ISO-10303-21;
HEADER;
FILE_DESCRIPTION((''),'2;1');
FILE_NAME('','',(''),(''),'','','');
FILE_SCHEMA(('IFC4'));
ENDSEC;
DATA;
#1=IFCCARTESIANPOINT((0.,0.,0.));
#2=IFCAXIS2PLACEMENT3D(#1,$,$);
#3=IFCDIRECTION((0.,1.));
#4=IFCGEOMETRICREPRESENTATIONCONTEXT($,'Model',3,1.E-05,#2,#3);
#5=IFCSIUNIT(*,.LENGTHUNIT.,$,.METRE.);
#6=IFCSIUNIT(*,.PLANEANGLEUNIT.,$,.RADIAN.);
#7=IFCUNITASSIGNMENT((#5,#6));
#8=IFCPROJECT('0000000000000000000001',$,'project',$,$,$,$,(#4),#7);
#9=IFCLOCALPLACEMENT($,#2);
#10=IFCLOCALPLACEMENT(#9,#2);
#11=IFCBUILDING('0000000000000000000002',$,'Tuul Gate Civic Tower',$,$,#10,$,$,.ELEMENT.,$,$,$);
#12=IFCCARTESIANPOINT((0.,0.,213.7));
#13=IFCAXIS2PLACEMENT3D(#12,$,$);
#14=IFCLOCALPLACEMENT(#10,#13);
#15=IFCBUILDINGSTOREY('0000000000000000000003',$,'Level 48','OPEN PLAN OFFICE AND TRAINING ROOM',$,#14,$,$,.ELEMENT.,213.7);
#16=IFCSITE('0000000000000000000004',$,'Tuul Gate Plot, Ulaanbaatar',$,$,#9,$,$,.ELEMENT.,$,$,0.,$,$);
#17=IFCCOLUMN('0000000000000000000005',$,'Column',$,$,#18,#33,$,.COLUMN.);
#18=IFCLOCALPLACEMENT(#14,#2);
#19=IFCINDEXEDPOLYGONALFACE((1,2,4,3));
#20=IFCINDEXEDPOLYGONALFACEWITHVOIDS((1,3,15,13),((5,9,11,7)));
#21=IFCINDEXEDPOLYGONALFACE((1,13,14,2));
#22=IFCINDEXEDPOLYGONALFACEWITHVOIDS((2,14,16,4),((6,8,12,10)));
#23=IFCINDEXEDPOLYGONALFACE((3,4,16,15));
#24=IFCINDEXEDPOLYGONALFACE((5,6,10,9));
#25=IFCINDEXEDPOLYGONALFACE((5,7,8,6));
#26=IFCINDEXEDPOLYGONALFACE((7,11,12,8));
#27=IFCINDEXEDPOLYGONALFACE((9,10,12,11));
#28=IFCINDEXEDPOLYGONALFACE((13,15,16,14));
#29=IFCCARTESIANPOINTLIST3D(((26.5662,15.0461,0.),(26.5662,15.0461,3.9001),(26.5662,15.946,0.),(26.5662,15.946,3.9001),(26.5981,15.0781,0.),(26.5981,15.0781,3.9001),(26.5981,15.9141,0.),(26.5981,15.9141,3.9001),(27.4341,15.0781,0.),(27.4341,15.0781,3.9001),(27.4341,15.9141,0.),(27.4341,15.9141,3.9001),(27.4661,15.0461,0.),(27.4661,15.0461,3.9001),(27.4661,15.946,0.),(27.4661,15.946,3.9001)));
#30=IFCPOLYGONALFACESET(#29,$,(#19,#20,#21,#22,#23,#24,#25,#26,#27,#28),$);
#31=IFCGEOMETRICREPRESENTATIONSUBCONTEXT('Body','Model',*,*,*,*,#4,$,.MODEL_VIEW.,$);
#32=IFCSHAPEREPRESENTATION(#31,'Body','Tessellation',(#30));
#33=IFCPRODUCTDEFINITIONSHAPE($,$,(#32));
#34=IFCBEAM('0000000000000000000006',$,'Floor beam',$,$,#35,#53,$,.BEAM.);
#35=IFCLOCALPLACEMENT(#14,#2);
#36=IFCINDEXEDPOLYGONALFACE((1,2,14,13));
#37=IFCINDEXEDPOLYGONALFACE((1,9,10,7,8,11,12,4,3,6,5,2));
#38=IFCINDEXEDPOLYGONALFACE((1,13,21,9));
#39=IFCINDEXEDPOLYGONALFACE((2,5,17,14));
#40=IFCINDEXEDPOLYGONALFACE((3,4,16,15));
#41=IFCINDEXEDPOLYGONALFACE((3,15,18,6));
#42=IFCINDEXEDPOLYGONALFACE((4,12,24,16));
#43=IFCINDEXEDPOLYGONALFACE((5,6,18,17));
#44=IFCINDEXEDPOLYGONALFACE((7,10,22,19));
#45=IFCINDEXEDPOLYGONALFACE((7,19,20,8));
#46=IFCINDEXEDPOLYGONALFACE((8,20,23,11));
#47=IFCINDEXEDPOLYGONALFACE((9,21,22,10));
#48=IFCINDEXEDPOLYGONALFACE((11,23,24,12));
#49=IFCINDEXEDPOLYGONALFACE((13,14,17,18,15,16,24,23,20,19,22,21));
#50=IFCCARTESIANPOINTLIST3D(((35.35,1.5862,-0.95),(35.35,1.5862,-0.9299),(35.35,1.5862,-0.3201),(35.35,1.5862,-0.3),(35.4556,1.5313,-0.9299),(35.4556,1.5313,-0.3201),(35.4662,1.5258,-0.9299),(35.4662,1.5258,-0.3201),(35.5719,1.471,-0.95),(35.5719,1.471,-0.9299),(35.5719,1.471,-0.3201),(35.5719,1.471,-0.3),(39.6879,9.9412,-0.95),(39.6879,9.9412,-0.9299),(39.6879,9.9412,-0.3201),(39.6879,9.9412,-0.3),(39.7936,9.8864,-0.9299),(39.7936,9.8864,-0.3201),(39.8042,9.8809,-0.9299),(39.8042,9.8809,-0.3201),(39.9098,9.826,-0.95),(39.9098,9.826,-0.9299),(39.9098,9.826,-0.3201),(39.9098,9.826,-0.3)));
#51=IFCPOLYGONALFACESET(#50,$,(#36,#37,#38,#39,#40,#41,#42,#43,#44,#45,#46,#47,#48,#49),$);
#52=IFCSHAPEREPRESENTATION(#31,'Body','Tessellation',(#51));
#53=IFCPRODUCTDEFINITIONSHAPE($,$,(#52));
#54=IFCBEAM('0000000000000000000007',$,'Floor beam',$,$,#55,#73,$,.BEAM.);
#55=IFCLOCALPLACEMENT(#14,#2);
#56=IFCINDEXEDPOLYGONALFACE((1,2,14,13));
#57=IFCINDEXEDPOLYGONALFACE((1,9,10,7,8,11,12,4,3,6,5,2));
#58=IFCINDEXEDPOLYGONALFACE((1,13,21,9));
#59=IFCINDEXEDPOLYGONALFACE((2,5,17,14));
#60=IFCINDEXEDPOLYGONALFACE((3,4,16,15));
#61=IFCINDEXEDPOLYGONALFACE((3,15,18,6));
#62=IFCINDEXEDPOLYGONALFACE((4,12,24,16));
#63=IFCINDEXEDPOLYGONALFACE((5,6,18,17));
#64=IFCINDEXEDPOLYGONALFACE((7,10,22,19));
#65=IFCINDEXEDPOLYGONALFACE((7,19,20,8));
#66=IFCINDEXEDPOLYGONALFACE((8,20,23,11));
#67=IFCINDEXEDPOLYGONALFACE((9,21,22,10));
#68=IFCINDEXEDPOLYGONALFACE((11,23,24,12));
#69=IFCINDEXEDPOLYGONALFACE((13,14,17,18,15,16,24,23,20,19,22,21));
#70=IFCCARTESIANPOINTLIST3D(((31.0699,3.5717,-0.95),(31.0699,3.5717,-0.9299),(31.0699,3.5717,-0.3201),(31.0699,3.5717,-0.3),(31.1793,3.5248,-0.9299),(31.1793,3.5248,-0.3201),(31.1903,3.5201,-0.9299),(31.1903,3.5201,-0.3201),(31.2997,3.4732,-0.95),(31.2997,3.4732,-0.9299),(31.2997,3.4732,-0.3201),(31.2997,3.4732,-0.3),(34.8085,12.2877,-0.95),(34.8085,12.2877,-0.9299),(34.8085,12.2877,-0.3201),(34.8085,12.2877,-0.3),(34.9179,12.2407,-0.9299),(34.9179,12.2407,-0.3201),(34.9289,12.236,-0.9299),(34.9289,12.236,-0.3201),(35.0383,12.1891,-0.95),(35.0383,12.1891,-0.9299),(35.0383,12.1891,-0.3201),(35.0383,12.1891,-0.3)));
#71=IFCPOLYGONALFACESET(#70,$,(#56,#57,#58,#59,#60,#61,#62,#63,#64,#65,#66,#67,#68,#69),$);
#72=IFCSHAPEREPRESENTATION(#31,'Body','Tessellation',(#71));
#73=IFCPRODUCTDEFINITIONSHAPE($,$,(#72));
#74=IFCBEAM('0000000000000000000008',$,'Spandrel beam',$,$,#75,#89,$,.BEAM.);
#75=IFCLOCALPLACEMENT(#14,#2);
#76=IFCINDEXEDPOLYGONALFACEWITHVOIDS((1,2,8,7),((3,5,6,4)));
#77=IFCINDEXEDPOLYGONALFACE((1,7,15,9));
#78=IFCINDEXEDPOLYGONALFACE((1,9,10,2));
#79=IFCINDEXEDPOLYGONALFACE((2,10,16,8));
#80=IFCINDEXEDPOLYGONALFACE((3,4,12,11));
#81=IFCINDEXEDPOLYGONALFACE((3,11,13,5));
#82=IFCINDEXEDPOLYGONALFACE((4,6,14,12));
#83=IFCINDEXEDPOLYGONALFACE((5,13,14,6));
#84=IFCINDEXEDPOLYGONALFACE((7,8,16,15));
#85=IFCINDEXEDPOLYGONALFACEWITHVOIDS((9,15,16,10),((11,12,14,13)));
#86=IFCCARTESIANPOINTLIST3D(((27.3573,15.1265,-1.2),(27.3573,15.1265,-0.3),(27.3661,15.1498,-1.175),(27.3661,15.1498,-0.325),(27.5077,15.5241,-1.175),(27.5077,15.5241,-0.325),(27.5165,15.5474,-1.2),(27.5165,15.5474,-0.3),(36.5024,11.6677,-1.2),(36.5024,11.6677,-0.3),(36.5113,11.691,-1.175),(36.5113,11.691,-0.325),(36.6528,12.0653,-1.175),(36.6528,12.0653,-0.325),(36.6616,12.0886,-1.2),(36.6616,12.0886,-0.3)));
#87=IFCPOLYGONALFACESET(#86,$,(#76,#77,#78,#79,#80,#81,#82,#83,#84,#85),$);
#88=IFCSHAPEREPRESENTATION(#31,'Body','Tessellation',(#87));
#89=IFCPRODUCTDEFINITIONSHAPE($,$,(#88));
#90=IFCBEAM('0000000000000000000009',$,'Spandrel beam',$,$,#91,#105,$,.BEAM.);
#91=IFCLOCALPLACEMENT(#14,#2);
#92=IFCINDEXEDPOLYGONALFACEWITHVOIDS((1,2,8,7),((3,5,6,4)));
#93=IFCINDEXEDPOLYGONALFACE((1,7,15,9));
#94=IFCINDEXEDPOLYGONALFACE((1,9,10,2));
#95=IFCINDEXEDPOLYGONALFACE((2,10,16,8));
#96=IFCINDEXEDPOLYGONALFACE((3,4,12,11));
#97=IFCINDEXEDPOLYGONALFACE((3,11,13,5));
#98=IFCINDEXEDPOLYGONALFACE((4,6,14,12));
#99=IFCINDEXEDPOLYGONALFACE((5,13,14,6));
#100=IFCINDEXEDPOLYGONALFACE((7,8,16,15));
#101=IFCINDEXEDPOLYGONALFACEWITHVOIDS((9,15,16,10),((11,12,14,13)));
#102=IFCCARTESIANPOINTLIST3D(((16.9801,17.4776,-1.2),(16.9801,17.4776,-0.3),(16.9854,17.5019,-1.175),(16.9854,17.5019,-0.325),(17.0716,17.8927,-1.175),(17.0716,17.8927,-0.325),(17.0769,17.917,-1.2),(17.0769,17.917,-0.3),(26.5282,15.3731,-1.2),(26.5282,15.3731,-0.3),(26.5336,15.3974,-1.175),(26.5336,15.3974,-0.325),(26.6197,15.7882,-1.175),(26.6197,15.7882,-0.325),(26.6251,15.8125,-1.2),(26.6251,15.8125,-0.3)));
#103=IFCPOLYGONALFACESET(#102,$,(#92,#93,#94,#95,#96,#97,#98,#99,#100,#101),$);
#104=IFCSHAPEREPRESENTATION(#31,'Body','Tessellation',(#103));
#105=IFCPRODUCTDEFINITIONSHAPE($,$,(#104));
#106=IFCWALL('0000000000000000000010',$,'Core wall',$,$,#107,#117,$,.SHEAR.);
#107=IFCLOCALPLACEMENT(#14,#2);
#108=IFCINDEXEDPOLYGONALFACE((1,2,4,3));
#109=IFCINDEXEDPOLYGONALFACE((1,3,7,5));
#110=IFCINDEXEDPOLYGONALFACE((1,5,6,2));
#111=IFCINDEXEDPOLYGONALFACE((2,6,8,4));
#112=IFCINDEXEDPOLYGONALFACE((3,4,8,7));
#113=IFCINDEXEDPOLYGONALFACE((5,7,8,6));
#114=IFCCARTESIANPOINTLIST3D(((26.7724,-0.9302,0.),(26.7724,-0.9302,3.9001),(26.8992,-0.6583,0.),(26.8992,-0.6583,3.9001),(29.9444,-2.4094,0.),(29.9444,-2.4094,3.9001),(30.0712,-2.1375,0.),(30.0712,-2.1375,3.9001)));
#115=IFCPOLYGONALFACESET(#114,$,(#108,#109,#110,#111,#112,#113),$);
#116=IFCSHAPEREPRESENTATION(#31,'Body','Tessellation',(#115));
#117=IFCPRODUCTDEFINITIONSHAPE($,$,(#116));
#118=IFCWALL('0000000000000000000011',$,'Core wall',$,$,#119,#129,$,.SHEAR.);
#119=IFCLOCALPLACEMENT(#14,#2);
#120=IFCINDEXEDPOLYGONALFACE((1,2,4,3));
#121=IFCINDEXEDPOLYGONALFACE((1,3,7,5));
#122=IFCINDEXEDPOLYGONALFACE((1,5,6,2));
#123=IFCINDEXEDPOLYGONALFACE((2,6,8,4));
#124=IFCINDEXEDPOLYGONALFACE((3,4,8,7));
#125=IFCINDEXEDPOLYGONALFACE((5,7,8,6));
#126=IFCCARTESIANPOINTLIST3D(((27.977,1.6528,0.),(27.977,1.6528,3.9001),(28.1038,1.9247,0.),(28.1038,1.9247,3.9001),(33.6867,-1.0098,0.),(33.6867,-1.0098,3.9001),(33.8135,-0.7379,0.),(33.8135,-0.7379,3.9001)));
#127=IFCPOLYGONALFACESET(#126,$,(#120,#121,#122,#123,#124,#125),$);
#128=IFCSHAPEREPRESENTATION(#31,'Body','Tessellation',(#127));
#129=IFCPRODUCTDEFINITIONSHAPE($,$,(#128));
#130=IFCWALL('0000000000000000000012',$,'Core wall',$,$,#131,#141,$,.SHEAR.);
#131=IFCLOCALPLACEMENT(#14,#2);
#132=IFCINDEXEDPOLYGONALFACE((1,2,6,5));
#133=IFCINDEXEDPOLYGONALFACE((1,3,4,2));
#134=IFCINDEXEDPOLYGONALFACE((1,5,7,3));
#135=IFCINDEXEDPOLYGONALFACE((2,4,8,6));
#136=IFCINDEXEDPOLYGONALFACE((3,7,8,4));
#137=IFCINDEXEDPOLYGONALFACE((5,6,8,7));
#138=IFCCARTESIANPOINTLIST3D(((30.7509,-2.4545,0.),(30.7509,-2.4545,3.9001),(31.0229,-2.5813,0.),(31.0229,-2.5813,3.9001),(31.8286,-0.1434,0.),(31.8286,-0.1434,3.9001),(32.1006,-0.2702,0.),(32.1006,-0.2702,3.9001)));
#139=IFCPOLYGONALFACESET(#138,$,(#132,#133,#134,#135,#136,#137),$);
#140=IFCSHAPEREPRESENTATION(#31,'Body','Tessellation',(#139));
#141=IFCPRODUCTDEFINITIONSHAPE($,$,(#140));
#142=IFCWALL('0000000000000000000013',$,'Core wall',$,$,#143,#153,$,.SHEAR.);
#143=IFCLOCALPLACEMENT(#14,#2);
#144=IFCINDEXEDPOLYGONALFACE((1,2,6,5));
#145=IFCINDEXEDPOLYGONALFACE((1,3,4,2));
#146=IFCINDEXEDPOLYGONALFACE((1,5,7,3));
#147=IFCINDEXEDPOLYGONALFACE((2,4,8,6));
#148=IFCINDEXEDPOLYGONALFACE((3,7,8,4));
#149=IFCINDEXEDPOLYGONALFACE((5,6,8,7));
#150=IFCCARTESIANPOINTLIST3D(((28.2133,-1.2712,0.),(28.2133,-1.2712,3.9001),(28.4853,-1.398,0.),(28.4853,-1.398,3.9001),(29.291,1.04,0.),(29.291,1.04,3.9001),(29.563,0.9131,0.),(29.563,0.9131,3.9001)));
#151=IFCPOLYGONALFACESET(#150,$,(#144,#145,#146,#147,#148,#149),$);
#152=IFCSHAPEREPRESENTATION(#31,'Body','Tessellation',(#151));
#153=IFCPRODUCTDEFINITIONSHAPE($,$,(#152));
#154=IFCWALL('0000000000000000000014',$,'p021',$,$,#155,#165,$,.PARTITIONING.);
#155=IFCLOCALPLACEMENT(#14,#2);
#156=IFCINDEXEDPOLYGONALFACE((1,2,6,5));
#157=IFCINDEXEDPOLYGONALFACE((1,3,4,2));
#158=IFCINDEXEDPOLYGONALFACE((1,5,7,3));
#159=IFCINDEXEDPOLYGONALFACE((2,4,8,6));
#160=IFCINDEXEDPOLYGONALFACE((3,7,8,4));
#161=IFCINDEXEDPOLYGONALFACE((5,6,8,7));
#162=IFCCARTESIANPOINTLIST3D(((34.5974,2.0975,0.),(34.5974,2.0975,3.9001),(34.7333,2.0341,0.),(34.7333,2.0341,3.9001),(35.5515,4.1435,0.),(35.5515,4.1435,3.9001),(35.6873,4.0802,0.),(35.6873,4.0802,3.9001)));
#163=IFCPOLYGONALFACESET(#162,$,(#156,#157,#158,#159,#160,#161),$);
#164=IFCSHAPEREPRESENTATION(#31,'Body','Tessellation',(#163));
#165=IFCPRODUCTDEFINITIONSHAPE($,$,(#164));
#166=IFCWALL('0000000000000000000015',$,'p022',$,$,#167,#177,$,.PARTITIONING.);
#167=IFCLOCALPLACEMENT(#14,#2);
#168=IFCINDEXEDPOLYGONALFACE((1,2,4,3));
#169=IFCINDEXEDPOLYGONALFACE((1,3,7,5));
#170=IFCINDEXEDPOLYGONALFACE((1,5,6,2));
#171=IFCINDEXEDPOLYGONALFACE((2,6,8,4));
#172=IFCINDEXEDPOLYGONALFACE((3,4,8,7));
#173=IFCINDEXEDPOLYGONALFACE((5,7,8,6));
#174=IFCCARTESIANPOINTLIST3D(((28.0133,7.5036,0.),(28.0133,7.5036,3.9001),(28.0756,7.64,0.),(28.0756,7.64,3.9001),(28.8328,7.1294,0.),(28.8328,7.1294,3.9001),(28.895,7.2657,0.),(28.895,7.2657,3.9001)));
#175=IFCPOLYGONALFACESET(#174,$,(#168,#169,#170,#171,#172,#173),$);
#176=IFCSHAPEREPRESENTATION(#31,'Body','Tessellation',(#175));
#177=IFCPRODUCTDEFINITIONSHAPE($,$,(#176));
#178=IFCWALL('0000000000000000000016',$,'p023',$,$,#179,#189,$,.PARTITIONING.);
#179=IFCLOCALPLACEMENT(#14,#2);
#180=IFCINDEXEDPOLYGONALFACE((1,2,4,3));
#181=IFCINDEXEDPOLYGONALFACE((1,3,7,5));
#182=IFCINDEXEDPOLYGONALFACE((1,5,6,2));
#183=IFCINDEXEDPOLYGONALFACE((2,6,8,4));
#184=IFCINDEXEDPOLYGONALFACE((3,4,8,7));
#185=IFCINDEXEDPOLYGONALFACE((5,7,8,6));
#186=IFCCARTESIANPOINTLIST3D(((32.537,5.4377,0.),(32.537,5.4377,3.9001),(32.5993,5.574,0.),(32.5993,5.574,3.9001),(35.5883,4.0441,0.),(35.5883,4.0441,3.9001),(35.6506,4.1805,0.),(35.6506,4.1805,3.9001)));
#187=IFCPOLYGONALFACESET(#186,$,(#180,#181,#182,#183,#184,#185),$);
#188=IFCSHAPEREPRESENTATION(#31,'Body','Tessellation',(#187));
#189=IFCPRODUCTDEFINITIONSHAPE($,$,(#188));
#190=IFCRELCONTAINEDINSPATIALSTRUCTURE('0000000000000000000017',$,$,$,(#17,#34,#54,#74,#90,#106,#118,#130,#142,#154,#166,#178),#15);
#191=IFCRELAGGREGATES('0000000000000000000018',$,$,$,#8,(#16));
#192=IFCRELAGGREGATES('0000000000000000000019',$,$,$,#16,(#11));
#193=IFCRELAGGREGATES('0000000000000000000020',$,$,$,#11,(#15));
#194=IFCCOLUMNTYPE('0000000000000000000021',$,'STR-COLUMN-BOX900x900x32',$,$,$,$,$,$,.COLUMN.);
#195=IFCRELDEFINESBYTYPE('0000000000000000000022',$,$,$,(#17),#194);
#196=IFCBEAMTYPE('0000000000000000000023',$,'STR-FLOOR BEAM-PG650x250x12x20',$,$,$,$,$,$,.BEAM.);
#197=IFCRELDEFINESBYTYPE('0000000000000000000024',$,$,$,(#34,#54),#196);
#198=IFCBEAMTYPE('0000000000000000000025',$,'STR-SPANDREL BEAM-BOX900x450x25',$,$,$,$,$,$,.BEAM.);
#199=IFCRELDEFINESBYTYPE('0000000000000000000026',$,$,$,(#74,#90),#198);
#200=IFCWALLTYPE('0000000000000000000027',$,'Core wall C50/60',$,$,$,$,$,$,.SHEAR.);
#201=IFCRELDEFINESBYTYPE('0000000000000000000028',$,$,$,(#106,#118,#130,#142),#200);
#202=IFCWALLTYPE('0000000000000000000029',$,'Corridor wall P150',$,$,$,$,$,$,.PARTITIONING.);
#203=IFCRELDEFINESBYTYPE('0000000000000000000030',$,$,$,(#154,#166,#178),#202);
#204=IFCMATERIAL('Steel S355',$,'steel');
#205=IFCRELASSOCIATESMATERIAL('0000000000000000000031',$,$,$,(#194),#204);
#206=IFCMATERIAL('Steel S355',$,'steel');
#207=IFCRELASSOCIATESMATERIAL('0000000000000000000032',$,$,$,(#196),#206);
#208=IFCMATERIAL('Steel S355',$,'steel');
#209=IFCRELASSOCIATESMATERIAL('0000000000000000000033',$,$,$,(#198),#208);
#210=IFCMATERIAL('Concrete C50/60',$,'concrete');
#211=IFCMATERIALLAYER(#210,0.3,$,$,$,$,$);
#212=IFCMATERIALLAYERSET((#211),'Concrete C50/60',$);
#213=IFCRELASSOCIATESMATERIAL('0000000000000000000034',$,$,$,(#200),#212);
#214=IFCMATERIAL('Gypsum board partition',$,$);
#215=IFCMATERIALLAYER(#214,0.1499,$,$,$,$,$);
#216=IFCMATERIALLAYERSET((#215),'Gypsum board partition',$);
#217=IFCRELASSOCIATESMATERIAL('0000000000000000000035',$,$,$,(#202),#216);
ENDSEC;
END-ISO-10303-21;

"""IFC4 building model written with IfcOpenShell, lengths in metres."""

from ifc_helpers import new_model, si_unit, direction, frame, frame_2d, origin, origin_2d, place, context, subcontext, project, spatial, rectangle, hollow_rectangle, i_section, extrude, material, layer, layer_set, material_profile, profile_set, type_object, element, save


model = new_model("IFC4")

# Units and contexts
model_context = context("Model", 3, precision=1e-05, world=origin(), true_north=direction((0.0, 1.0)))
body_context = subcontext(model_context, "Body", "Model", "MODEL_VIEW")
ifc_project = project(units=[si_unit("LENGTHUNIT", "METRE"), si_unit("PLANEANGLEUNIT", "RADIAN")], contexts=[model_context])

# Site, building, storey
site_placement = place(None, origin())
site = spatial("IfcSite", under=ifc_project, at=site_placement, Name="Tuul Gate Plot, Ulaanbaatar", CompositionType="ELEMENT", RefElevation=0.0)
building_placement = place(site_placement, origin())
building = spatial("IfcBuilding", under=site, at=building_placement, Name="Tuul Gate Civic Tower", CompositionType="ELEMENT")
storey_placement = place(building_placement, frame((0.0, 0.0, 213.7)))
storey = spatial("IfcBuildingStorey", under=building, at=storey_placement, Name="Level 48", Description="OPEN PLAN OFFICE AND TRAINING ROOM", CompositionType="ELEMENT", Elevation=213.7)

# Column
ifc_material_1 = material(Name="Steel S355", Category="steel")
ifc_material_profile_1 = material_profile(ifc_material_1, hollow_rectangle(XDim=0.8999, YDim=0.8999, WallThickness=0.032, at=origin_2d()), Name="BOX900x900x32")
ifc_profile_set_1 = profile_set([ifc_material_profile_1], Name="Steel S355")
column_type = type_object("IfcColumnType", Name="STR-COLUMN-BOX900x900x32", PredefinedType="COLUMN", material=ifc_profile_set_1)
column_placement = place(storey_placement, frame((27.0161, 15.4961, 0.0), z_axis=(0.0, 0.0, 1.0), x_axis=(1.0, 0.0, 0.0)))
element("IfcColumn", 1, at=column_placement, inside=storey, type_object=column_type, Name="Column", PredefinedType="COLUMN", context=body_context, shape_type="SweptSolid", body=[
    extrude(hollow_rectangle(XDim=0.8999, YDim=0.8999, WallThickness=0.032, at=origin_2d()), origin(), (0.0, 0.0, 1.0), 3.9001),
])

# Beams
ifc_material_2 = material(Name="Steel S355", Category="steel")
ifc_material_profile_2 = material_profile(ifc_material_2, i_section(OverallWidth=0.25, OverallDepth=0.6499, WebThickness=0.012, FlangeThickness=0.02, at=origin_2d()), Name="PG650x250x12x20")
ifc_profile_set_2 = profile_set([ifc_material_profile_2], Name="Steel S355")
beam_type_1 = type_object("IfcBeamType", Name="STR-FLOOR BEAM-PG650x250x12x20", PredefinedType="BEAM", material=ifc_profile_set_2)
beam_1_placement = place(storey_placement, frame((35.4609, 1.5286, -0.625), z_axis=(0.460792, 0.887508, 0.0), x_axis=(-0.887508, 0.460792, 0.0)))
element("IfcBeam", 2, at=beam_1_placement, inside=storey, type_object=beam_type_1, Name="Floor beam", PredefinedType="BEAM", context=body_context, shape_type="SweptSolid", body=[
    extrude(i_section(OverallWidth=0.25, OverallDepth=0.6499, WebThickness=0.012, FlangeThickness=0.02, at=origin_2d()), origin(), (0.0, 0.0, 1.0), 9.4141),
])
beam_2_placement = place(storey_placement, frame((31.1848, 3.5225, -0.625), z_axis=(0.394202, 0.919024, 0.0), x_axis=(-0.919024, 0.394202, 0.0)))
element("IfcBeam", 3, at=beam_2_placement, inside=storey, type_object=beam_type_1, Name="Floor beam", PredefinedType="BEAM", context=body_context, shape_type="SweptSolid", body=[
    extrude(i_section(OverallWidth=0.25, OverallDepth=0.6499, WebThickness=0.012, FlangeThickness=0.02, at=origin_2d()), origin(), (0.0, 0.0, 1.0), 9.4839),
])
ifc_material_3 = material(Name="Steel S355", Category="steel")
ifc_material_profile_3 = material_profile(ifc_material_3, hollow_rectangle(XDim=0.45, YDim=0.8999, WallThickness=0.0249, at=origin_2d()), Name="BOX900x450x25")
ifc_profile_set_3 = profile_set([ifc_material_profile_3], Name="Steel S355")
beam_type_2 = type_object("IfcBeamType", Name="STR-SPANDREL BEAM-BOX900x450x25", PredefinedType="BEAM", material=ifc_profile_set_3)
for number, where, z_axis, x_axis, name in (
    (4, (36.582, 11.8782, -0.75), (-0.935338, 0.353755, 0.0), (-0.353755, -0.935338, 0.0), "Spandrel beam"),
    (5, (26.5767, 15.5928, -0.75), (-0.97656, 0.215243, 0.0), (-0.215243, -0.97656, 0.0), "Spandrel beam"),
):
    element("IfcBeam", number, at=place(storey_placement, frame(where, z_axis=z_axis, x_axis=x_axis)), inside=storey, type_object=beam_type_2, Name=name, PredefinedType="BEAM", context=body_context, shape_type="SweptSolid", body=[
        extrude(hollow_rectangle(XDim=0.45, YDim=0.8999, WallThickness=0.0249, at=origin_2d()), origin(), (0.0, 0.0, 1.0), 9.7773),
    ])

# Walls
ifc_material_4 = material(Name="Concrete C50/60", Category="concrete")
ifc_layer_1 = layer(ifc_material_4, 0.3)
ifc_layer_set_1 = layer_set([ifc_layer_1], Name="Concrete C50/60")
wall_type_1 = type_object("IfcWallType", Name="Core wall C50/60", PredefinedType="SHEAR", material=ifc_layer_set_1)
wall_1_placement = place(storey_placement, frame((30.0078, -2.2734, 0.0), z_axis=(0.0, 0.0, 1.0), x_axis=(-0.906301, 0.422633, 0.0)))
element("IfcWall", 6, at=wall_1_placement, inside=storey, type_object=wall_type_1, Name="Core wall", PredefinedType="SHEAR", context=body_context, shape_type="SweptSolid", body=[
    extrude(rectangle(XDim=3.5, YDim=0.3, at=frame_2d((1.75, 0.0))), origin(), (0.0, 0.0, 1.0), 3.9001),
])
wall_2_placement = place(storey_placement, frame((33.75, -0.8738, 0.0), z_axis=(0.0, 0.0, 1.0), x_axis=(-0.906301, 0.422633, 0.0)))
element("IfcWall", 7, at=wall_2_placement, inside=storey, type_object=wall_type_1, Name="Core wall", PredefinedType="SHEAR", context=body_context, shape_type="SweptSolid", body=[
    extrude(rectangle(XDim=6.3, YDim=0.3, at=frame_2d((3.1499, 0.0))), origin(), (0.0, 0.0, 1.0), 3.9001),
])
for number, where, z_axis, x_axis, name in (
    (8, (30.887, -2.5178, 0.0), (0.0, 0.0, 1.0), (0.422613, 0.90631, 0.0), "Core wall"),
    (9, (28.3494, -1.3345, 0.0), (0.0, 0.0, 1.0), (0.422613, 0.90631, 0.0), "Core wall"),
):
    element("IfcWall", number, at=place(storey_placement, frame(where, z_axis=z_axis, x_axis=x_axis)), inside=storey, type_object=wall_type_1, Name=name, PredefinedType="SHEAR", context=body_context, shape_type="SweptSolid", body=[
        extrude(rectangle(XDim=2.55, YDim=0.3, at=frame_2d((1.2749, 0.0))), origin(), (0.0, 0.0, 1.0), 3.9001),
    ])
ifc_material_5 = material(Name="Gypsum board partition")
ifc_layer_2 = layer(ifc_material_5, 0.1499)
ifc_layer_set_2 = layer_set([ifc_layer_2], Name="Gypsum board partition")
wall_type_2 = type_object("IfcWallType", Name="Corridor wall P150", PredefinedType="PARTITIONING", material=ifc_layer_set_2)
wall_3_placement = place(storey_placement, frame((34.6653, 2.0657, 0.0), z_axis=(0.0, 0.0, 1.0), x_axis=(0.422607, 0.906313, 0.0)))
element("IfcWall", 10, at=wall_3_placement, inside=storey, type_object=wall_type_2, Name="p021", PredefinedType="PARTITIONING", context=body_context, shape_type="SweptSolid", body=[
    extrude(rectangle(XDim=2.2576, YDim=0.1499, at=frame_2d((1.1289, 0.0))), origin(), (0.0, 0.0, 1.0), 3.9001),
])
wall_4_placement = place(storey_placement, frame((28.0444, 7.5718, 0.0), z_axis=(0.0, 0.0, 1.0), x_axis=(0.909641, -0.415395, 0.0)))
element("IfcWall", 11, at=wall_4_placement, inside=storey, type_object=wall_type_2, Name="p022", PredefinedType="PARTITIONING", context=body_context, shape_type="SweptSolid", body=[
    extrude(rectangle(XDim=0.9009, YDim=0.1499, at=frame_2d((0.4504, 0.0))), origin(), (0.0, 0.0, 1.0), 3.9001),
])
wall_5_placement = place(storey_placement, frame((32.5681, 5.5059, 0.0), z_axis=(0.0, 0.0, 1.0), x_axis=(0.909622, -0.415436, 0.0)))
element("IfcWall", 12, at=wall_5_placement, inside=storey, type_object=wall_type_2, Name="p023", PredefinedType="PARTITIONING", context=body_context, shape_type="SweptSolid", body=[
    extrude(rectangle(XDim=3.3545, YDim=0.1499, at=frame_2d((1.6772, 0.0))), origin(), (0.0, 0.0, 1.0), 3.9001),
])

save(model, "model.ifc")
